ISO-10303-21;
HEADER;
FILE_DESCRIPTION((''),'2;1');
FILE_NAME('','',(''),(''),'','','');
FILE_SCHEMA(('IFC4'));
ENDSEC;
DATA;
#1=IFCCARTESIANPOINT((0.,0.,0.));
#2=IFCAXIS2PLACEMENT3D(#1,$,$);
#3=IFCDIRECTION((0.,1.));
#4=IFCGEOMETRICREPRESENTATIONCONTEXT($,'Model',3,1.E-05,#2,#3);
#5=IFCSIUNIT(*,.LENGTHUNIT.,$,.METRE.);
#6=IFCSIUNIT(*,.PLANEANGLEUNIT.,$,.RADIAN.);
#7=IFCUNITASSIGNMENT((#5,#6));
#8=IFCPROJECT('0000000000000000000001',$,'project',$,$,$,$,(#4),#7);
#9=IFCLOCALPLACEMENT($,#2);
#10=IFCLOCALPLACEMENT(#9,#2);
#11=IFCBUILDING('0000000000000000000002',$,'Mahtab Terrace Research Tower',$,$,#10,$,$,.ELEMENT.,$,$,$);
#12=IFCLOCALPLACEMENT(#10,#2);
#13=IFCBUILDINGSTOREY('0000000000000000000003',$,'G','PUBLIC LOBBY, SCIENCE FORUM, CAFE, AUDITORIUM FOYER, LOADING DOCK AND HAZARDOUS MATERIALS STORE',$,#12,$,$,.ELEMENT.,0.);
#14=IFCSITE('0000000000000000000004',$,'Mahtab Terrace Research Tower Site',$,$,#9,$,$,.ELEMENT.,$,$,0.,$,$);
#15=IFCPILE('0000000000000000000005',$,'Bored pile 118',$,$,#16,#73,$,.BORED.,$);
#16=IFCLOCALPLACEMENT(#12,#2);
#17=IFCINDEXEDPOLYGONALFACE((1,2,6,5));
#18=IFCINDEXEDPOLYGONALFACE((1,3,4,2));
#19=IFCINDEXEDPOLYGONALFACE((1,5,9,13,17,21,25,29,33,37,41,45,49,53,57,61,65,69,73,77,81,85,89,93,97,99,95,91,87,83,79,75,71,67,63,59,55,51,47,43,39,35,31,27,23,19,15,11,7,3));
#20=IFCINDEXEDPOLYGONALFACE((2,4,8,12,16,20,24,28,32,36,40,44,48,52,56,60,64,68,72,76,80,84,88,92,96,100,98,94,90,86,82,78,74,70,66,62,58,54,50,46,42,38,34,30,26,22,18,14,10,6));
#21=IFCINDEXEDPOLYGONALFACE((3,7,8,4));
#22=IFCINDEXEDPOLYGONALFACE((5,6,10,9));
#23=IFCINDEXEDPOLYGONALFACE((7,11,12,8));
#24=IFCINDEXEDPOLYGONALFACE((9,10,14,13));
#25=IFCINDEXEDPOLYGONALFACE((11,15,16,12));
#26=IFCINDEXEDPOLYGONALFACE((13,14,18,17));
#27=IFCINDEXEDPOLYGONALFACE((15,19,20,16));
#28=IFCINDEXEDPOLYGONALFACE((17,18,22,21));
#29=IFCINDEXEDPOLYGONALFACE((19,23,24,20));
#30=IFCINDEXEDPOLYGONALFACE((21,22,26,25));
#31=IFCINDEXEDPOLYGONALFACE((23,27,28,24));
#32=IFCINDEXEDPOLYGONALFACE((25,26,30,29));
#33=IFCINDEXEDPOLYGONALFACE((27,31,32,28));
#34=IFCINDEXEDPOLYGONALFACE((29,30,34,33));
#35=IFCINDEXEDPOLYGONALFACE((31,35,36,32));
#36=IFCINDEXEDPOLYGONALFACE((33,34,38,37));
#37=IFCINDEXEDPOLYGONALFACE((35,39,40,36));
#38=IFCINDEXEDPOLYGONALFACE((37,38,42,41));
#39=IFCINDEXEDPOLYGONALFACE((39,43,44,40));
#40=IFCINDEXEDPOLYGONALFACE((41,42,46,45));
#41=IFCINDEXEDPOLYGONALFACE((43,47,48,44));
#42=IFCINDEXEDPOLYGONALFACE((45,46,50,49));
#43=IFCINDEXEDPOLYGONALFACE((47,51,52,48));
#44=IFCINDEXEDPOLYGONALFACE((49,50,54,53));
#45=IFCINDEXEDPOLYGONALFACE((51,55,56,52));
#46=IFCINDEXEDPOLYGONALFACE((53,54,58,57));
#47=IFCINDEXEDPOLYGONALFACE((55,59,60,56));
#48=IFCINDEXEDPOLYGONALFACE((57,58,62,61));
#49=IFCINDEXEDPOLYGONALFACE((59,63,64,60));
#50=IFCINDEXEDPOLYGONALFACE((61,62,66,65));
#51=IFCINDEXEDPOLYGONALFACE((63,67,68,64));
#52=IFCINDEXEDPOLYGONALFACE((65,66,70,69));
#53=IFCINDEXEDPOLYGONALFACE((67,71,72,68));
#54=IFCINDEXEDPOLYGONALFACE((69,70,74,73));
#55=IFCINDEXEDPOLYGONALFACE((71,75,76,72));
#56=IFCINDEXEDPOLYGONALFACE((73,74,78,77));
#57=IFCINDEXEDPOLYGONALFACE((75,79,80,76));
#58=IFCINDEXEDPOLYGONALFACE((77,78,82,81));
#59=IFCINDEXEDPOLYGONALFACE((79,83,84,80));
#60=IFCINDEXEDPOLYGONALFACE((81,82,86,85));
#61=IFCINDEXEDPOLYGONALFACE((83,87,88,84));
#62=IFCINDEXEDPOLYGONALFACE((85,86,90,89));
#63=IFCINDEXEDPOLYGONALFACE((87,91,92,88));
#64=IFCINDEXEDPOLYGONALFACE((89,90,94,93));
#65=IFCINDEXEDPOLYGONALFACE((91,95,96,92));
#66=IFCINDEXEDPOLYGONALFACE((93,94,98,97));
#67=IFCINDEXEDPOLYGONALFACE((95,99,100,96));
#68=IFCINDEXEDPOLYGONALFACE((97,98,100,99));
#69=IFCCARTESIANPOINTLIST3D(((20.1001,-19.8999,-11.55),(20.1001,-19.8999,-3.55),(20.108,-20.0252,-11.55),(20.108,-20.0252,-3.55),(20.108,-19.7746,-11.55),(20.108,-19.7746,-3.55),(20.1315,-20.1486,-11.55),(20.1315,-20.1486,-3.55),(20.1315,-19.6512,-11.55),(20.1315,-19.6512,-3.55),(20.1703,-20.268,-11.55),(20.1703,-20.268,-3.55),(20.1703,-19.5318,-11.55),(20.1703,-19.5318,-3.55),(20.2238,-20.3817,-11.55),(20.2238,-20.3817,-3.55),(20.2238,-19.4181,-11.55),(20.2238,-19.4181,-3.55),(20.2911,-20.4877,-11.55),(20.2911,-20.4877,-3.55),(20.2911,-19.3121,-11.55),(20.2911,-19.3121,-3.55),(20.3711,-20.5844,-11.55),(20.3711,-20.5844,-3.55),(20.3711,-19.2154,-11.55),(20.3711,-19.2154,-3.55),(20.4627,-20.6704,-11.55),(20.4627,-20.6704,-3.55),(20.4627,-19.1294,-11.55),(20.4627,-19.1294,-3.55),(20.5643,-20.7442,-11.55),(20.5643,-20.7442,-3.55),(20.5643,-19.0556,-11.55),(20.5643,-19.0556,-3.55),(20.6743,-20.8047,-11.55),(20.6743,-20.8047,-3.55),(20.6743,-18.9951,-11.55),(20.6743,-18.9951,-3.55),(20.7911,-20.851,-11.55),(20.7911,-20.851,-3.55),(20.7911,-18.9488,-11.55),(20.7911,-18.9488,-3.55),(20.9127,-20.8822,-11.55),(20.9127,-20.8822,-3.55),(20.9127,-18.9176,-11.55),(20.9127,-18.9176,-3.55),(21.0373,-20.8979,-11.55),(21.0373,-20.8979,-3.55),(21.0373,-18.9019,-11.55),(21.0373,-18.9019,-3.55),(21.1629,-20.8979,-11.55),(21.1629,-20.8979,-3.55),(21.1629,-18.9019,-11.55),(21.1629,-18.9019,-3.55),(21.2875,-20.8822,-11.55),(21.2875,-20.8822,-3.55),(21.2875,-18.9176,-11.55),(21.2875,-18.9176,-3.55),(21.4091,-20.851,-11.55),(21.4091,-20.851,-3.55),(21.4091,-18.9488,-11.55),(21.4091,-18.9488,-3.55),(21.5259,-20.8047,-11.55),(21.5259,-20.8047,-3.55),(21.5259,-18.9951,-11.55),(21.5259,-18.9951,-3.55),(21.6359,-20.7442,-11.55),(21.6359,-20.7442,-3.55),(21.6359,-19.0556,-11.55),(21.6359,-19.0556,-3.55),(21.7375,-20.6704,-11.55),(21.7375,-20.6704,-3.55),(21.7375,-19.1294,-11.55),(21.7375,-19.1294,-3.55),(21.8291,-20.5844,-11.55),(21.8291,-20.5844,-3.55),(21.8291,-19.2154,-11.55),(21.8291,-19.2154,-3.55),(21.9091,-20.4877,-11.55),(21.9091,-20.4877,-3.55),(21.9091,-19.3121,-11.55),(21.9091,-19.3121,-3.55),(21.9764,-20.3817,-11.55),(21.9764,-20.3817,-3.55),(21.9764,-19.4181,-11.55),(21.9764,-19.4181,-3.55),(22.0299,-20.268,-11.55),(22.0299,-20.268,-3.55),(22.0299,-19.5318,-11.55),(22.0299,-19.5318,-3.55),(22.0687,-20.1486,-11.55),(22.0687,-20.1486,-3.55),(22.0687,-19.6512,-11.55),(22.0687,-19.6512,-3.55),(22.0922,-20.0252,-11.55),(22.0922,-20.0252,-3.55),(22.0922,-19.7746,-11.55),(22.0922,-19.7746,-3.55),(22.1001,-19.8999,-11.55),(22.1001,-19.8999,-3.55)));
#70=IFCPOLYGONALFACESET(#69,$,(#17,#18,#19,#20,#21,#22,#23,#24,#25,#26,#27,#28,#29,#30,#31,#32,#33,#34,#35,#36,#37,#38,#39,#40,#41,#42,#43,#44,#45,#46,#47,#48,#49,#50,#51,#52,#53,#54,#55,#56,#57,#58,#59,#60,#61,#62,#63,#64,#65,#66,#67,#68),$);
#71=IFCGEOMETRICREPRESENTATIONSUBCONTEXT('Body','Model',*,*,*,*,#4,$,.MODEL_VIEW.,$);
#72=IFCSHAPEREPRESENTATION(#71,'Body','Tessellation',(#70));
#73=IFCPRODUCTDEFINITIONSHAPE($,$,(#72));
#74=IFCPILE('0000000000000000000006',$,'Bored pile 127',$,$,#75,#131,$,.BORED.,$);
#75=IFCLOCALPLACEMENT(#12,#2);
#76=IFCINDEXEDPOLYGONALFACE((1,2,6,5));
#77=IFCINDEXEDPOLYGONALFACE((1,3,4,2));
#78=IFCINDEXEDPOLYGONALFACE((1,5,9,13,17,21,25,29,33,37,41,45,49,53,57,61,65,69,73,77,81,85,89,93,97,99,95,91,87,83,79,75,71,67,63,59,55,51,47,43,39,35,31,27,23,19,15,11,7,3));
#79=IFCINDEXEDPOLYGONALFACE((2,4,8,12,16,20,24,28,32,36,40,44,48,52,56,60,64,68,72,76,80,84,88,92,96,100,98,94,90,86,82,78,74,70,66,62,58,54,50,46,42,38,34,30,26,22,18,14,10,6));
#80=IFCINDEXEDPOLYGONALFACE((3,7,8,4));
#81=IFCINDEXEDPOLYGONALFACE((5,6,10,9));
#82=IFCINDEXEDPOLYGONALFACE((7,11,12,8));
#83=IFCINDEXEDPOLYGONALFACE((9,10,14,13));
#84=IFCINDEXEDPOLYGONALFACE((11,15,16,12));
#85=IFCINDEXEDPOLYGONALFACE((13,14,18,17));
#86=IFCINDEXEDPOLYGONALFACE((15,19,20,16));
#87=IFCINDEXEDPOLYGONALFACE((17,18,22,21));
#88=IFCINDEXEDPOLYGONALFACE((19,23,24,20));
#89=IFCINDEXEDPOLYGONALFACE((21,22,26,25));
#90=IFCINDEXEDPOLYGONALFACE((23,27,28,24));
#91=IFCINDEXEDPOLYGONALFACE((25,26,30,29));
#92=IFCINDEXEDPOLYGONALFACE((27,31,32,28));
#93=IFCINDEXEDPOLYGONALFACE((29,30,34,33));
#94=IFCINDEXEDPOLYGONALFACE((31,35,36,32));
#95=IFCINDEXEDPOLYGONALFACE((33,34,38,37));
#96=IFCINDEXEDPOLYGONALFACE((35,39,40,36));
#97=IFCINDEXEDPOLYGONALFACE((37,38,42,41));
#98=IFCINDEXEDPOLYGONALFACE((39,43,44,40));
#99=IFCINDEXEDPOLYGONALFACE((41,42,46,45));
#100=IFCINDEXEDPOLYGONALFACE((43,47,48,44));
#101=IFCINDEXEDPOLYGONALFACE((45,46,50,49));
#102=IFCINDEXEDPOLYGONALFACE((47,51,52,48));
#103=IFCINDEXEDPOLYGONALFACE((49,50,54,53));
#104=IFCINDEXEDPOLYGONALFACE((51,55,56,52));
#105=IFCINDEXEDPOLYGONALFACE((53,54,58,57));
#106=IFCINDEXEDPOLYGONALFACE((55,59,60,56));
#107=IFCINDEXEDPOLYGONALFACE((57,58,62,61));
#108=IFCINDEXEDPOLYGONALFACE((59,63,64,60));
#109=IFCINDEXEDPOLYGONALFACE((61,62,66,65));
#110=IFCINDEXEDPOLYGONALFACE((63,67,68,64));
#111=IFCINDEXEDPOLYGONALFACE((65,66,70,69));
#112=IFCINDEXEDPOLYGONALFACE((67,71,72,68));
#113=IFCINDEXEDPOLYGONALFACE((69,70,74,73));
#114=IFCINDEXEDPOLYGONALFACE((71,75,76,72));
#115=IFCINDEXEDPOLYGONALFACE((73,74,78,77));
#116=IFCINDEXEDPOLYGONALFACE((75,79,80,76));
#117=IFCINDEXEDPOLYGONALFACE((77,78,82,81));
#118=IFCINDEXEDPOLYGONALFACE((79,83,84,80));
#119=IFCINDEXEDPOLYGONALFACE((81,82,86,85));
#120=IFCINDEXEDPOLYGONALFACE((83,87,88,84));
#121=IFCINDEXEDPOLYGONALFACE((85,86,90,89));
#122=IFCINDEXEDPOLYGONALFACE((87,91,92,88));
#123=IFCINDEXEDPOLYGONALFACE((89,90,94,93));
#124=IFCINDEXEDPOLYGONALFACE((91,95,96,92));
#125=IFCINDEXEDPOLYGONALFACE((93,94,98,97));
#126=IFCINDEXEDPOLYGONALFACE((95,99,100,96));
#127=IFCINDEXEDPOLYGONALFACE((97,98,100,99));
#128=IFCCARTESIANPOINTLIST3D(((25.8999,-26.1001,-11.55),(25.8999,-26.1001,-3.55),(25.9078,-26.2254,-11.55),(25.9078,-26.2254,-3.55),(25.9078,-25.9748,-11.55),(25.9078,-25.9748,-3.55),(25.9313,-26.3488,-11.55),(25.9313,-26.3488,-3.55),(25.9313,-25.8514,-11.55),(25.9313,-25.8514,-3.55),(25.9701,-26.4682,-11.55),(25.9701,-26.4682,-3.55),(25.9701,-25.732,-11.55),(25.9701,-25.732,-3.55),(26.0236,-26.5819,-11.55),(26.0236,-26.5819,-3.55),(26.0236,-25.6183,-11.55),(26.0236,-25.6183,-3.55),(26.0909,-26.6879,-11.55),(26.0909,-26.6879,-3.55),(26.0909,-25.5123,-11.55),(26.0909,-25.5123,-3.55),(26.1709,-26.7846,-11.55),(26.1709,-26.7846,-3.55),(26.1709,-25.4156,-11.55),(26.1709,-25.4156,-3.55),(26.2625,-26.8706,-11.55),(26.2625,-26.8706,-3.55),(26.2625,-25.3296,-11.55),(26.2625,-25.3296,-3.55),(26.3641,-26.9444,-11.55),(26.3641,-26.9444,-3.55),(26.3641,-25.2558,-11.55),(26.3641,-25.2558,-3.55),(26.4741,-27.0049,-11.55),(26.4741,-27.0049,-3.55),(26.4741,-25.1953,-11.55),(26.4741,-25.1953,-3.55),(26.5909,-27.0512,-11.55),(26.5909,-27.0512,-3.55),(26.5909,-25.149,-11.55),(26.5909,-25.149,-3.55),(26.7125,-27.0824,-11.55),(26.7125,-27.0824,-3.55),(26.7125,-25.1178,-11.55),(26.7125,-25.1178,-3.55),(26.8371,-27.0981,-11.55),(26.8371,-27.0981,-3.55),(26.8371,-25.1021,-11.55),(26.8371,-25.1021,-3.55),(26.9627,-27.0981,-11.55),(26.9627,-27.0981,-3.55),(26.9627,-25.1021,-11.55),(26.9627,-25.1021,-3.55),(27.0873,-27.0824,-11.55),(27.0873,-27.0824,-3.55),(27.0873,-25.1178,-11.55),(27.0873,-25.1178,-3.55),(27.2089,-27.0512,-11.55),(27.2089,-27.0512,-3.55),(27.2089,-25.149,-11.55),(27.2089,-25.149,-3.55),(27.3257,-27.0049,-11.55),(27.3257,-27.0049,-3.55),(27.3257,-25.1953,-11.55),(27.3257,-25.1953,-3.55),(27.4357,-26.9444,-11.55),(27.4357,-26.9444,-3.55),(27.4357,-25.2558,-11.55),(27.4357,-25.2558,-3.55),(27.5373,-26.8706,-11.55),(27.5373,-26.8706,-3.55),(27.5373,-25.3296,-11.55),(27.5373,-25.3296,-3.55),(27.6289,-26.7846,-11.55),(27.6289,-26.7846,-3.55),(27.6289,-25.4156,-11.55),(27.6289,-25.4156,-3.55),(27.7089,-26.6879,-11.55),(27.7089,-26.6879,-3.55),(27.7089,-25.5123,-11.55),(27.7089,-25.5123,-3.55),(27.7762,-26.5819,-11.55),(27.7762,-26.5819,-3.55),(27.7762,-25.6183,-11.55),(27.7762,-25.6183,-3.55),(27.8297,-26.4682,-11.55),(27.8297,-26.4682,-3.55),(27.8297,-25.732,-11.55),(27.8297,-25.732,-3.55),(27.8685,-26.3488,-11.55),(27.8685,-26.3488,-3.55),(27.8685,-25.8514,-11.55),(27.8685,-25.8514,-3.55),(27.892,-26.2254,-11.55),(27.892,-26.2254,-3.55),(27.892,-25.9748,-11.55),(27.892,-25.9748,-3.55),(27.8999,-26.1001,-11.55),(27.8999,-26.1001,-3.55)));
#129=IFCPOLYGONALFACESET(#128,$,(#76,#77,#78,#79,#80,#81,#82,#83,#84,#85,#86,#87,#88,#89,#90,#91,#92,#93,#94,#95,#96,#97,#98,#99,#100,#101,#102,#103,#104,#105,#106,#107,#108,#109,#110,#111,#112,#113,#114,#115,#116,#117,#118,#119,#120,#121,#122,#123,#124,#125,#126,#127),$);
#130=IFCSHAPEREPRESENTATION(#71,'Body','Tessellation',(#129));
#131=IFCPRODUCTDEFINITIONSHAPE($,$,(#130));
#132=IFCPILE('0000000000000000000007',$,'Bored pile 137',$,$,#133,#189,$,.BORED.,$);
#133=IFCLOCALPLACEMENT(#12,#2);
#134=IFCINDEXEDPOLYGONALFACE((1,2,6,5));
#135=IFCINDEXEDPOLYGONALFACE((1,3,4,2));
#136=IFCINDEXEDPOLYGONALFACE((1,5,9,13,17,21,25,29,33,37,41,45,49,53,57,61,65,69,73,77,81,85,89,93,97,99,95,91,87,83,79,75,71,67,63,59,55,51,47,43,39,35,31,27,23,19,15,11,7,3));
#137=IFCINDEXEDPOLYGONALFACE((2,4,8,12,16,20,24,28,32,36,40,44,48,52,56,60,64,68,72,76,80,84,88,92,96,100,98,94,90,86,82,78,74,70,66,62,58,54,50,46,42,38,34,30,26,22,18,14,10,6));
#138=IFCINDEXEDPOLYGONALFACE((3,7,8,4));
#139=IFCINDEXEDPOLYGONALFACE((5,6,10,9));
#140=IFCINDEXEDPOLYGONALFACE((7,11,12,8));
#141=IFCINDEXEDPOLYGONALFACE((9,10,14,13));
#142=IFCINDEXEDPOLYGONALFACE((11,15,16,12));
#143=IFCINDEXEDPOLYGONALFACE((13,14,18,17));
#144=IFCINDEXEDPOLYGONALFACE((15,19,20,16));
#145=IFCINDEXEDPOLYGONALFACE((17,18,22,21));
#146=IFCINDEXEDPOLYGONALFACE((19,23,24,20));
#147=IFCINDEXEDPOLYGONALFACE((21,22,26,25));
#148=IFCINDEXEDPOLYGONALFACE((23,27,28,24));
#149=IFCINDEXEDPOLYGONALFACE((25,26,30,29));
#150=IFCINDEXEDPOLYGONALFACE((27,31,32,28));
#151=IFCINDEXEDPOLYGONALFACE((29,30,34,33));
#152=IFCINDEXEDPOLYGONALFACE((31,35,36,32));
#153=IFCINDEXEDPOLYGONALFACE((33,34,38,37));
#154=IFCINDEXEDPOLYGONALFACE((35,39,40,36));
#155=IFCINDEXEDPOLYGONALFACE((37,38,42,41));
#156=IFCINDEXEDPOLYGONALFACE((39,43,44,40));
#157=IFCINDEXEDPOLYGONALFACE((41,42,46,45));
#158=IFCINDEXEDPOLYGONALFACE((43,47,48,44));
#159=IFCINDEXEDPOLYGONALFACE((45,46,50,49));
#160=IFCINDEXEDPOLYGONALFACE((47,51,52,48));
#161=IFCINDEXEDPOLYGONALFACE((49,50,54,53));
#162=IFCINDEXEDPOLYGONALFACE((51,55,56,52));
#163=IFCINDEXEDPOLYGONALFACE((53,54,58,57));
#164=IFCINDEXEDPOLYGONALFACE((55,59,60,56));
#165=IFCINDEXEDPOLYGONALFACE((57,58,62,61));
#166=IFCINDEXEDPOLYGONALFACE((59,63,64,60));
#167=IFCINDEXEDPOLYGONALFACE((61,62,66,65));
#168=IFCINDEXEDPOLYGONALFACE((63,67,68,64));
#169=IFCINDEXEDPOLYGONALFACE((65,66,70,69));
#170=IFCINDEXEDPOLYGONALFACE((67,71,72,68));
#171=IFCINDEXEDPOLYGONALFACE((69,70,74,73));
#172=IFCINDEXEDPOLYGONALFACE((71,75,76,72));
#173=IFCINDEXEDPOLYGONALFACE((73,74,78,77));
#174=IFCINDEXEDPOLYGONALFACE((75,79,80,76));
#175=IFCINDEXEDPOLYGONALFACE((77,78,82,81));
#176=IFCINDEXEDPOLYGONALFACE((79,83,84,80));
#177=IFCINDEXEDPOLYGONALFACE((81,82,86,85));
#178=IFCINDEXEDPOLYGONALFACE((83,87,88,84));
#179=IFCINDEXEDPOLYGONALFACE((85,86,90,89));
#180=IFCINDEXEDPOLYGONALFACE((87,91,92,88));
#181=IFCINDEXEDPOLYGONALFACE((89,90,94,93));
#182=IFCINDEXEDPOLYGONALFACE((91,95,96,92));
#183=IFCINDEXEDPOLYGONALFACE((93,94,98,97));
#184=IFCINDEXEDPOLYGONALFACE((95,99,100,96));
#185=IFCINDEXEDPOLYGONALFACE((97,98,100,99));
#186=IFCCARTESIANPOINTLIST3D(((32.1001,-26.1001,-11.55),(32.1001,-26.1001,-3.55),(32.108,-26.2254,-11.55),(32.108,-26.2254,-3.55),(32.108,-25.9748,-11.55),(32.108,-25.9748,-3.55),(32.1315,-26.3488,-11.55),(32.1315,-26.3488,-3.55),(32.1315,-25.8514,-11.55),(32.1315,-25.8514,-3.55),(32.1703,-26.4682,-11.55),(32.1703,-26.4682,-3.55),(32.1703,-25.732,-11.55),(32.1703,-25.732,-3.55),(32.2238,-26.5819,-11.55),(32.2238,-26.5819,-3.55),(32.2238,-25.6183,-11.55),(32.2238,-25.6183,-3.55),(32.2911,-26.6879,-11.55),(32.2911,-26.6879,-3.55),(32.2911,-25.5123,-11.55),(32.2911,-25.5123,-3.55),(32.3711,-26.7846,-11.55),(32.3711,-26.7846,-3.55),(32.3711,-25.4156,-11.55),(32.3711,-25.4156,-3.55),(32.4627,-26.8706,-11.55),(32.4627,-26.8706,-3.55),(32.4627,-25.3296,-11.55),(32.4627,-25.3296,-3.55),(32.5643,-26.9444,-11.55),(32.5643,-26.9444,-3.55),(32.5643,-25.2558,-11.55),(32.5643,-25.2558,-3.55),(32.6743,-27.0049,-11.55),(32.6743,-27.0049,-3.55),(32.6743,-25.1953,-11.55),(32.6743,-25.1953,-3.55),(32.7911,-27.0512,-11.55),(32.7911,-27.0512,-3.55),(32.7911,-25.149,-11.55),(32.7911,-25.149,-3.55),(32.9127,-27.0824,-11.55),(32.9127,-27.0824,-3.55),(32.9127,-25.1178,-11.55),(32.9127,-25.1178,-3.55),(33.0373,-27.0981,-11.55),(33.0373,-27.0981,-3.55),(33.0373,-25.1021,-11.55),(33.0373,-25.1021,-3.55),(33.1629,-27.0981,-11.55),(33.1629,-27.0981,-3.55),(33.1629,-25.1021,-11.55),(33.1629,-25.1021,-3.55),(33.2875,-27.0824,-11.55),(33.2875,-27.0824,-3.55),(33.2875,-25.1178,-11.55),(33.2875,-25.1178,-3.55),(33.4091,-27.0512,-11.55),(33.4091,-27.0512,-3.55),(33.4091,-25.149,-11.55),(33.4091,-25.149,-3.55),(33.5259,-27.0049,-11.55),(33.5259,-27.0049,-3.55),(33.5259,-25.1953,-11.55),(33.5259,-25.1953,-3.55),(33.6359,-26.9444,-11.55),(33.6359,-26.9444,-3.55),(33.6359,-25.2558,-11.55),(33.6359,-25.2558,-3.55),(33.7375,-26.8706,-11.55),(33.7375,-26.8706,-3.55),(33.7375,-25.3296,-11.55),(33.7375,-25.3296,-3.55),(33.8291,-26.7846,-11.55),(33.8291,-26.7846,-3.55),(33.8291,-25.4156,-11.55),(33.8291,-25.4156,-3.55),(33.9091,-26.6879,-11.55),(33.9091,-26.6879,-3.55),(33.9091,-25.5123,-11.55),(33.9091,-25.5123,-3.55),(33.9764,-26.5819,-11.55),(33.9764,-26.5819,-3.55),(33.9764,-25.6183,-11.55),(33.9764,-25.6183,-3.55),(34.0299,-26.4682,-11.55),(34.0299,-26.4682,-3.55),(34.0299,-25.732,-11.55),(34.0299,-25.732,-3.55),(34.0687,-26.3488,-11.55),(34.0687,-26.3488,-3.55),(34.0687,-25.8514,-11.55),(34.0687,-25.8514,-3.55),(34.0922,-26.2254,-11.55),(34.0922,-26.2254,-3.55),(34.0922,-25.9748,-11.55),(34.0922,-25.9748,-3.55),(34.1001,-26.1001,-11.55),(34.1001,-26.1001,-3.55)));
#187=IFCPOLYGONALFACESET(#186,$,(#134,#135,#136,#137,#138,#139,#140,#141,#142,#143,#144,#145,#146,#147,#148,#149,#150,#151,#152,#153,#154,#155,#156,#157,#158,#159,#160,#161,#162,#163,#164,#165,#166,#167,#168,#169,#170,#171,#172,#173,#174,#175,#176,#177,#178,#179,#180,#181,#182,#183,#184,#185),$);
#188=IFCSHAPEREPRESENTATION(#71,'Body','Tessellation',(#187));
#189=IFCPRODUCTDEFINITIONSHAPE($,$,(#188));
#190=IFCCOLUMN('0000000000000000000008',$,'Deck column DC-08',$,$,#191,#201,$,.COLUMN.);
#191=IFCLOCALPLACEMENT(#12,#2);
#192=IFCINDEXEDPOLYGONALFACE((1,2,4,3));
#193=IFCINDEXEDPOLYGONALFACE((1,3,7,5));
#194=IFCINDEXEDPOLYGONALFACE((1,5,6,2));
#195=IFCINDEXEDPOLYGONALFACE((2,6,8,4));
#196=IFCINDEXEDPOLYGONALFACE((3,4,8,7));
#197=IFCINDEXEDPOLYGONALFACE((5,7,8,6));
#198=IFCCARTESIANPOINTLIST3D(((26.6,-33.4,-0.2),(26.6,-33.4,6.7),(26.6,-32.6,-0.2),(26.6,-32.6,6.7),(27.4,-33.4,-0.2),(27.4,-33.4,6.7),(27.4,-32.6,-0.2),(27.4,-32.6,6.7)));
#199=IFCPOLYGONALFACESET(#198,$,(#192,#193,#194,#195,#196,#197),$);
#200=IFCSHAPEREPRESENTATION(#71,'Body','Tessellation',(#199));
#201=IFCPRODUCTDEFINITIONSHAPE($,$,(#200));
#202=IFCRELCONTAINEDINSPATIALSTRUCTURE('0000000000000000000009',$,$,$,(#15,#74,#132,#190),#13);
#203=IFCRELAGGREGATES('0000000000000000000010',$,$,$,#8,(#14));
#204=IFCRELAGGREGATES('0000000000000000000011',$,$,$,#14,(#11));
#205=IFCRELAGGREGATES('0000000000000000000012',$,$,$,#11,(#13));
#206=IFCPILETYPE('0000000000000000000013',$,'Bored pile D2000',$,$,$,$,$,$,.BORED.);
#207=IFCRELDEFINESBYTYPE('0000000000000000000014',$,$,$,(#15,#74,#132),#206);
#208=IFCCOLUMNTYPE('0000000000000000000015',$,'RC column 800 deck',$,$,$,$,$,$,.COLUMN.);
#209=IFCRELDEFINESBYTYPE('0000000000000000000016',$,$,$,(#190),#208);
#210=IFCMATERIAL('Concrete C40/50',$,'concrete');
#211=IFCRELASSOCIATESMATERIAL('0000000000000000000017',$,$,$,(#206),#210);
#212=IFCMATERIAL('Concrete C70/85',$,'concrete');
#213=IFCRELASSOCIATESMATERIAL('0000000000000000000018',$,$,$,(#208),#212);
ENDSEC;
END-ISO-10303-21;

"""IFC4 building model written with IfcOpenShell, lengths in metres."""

from ifc_helpers import new_model, si_unit, direction, frame, origin, origin_2d, place, context, subcontext, project, spatial, rectangle, circle, extrude, material, material_profile, profile_set, type_object, element, save


model = new_model("IFC4")

# Units and contexts
model_context = context("Model", 3, precision=1e-05, world=origin(), true_north=direction((0.0, 1.0)))
body_context = subcontext(model_context, "Body", "Model", "MODEL_VIEW")
ifc_project = project(units=[si_unit("LENGTHUNIT", "METRE"), si_unit("PLANEANGLEUNIT", "RADIAN")], contexts=[model_context])

# Site, building, storey
site_placement = place(None, origin())
site = spatial("IfcSite", under=ifc_project, at=site_placement, Name="Mahtab Terrace Research Tower Site", CompositionType="ELEMENT", RefElevation=0.0)
building_placement = place(site_placement, origin())
building = spatial("IfcBuilding", under=site, at=building_placement, Name="Mahtab Terrace Research Tower", CompositionType="ELEMENT")
storey_placement = place(building_placement, origin())
storey = spatial("IfcBuildingStorey", under=building, at=storey_placement, Name="G", Description="PUBLIC LOBBY, SCIENCE FORUM, CAFE, AUDITORIUM FOYER, LOADING DOCK AND HAZARDOUS MATERIALS STORE", CompositionType="ELEMENT", Elevation=0.0)

# Piles
ifc_material_1 = material(Name="Concrete C40/50", Category="concrete")
ifc_material_profile_1 = material_profile(ifc_material_1, circle(Radius=1.0, at=origin_2d()), Name="Bored pile D2000")
ifc_profile_set_1 = profile_set([ifc_material_profile_1], Name="Concrete C40/50")
pile_type_1 = type_object("IfcPileType", Name="Bored pile D2000", PredefinedType="BORED", material=ifc_profile_set_1)
for number, where, z_axis, x_axis, name in (
    (1, (21.1001, -19.8999, -3.55), (0.0, 0.0, -1.0), (1.0, 0.0, 0.0), "Bored pile 118"),
    (2, (26.8999, -26.1001, -3.55), (0.0, 0.0, -1.0), (1.0, 0.0, 0.0), "Bored pile 127"),
    (3, (33.1001, -26.1001, -3.55), (0.0, 0.0, -1.0), (1.0, 0.0, 0.0), "Bored pile 137"),
):
    element("IfcPile", number, at=place(storey_placement, frame(where, z_axis=z_axis, x_axis=x_axis)), inside=storey, type_object=pile_type_1, Name=name, PredefinedType="BORED", context=body_context, shape_type="SweptSolid", body=[
        extrude(circle(Radius=1.0, at=origin_2d()), origin(), (0.0, 0.0, 1.0), 8.0),
    ])

# Column
ifc_material_2 = material(Name="Concrete C70/85", Category="concrete")
ifc_material_profile_2 = material_profile(ifc_material_2, rectangle(XDim=0.8, YDim=0.8, at=origin_2d()), Name="RC column 800 deck")
ifc_profile_set_2 = profile_set([ifc_material_profile_2], Name="Concrete C70/85")
column_type_1 = type_object("IfcColumnType", Name="RC column 800 deck", PredefinedType="COLUMN", material=ifc_profile_set_2)
column_placement = place(storey_placement, frame((27.0, -33.0, -0.2), z_axis=(0.0, 0.0, 1.0), x_axis=(1.0, 0.0, 0.0)))
element("IfcColumn", 4, at=column_placement, inside=storey, type_object=column_type_1, Name="Deck column DC-08", PredefinedType="COLUMN", context=body_context, shape_type="SweptSolid", body=[
    extrude(rectangle(XDim=0.8, YDim=0.8, at=origin_2d()), origin(), (0.0, 0.0, 1.0), 6.8999),
])

save(model, "model.ifc")
